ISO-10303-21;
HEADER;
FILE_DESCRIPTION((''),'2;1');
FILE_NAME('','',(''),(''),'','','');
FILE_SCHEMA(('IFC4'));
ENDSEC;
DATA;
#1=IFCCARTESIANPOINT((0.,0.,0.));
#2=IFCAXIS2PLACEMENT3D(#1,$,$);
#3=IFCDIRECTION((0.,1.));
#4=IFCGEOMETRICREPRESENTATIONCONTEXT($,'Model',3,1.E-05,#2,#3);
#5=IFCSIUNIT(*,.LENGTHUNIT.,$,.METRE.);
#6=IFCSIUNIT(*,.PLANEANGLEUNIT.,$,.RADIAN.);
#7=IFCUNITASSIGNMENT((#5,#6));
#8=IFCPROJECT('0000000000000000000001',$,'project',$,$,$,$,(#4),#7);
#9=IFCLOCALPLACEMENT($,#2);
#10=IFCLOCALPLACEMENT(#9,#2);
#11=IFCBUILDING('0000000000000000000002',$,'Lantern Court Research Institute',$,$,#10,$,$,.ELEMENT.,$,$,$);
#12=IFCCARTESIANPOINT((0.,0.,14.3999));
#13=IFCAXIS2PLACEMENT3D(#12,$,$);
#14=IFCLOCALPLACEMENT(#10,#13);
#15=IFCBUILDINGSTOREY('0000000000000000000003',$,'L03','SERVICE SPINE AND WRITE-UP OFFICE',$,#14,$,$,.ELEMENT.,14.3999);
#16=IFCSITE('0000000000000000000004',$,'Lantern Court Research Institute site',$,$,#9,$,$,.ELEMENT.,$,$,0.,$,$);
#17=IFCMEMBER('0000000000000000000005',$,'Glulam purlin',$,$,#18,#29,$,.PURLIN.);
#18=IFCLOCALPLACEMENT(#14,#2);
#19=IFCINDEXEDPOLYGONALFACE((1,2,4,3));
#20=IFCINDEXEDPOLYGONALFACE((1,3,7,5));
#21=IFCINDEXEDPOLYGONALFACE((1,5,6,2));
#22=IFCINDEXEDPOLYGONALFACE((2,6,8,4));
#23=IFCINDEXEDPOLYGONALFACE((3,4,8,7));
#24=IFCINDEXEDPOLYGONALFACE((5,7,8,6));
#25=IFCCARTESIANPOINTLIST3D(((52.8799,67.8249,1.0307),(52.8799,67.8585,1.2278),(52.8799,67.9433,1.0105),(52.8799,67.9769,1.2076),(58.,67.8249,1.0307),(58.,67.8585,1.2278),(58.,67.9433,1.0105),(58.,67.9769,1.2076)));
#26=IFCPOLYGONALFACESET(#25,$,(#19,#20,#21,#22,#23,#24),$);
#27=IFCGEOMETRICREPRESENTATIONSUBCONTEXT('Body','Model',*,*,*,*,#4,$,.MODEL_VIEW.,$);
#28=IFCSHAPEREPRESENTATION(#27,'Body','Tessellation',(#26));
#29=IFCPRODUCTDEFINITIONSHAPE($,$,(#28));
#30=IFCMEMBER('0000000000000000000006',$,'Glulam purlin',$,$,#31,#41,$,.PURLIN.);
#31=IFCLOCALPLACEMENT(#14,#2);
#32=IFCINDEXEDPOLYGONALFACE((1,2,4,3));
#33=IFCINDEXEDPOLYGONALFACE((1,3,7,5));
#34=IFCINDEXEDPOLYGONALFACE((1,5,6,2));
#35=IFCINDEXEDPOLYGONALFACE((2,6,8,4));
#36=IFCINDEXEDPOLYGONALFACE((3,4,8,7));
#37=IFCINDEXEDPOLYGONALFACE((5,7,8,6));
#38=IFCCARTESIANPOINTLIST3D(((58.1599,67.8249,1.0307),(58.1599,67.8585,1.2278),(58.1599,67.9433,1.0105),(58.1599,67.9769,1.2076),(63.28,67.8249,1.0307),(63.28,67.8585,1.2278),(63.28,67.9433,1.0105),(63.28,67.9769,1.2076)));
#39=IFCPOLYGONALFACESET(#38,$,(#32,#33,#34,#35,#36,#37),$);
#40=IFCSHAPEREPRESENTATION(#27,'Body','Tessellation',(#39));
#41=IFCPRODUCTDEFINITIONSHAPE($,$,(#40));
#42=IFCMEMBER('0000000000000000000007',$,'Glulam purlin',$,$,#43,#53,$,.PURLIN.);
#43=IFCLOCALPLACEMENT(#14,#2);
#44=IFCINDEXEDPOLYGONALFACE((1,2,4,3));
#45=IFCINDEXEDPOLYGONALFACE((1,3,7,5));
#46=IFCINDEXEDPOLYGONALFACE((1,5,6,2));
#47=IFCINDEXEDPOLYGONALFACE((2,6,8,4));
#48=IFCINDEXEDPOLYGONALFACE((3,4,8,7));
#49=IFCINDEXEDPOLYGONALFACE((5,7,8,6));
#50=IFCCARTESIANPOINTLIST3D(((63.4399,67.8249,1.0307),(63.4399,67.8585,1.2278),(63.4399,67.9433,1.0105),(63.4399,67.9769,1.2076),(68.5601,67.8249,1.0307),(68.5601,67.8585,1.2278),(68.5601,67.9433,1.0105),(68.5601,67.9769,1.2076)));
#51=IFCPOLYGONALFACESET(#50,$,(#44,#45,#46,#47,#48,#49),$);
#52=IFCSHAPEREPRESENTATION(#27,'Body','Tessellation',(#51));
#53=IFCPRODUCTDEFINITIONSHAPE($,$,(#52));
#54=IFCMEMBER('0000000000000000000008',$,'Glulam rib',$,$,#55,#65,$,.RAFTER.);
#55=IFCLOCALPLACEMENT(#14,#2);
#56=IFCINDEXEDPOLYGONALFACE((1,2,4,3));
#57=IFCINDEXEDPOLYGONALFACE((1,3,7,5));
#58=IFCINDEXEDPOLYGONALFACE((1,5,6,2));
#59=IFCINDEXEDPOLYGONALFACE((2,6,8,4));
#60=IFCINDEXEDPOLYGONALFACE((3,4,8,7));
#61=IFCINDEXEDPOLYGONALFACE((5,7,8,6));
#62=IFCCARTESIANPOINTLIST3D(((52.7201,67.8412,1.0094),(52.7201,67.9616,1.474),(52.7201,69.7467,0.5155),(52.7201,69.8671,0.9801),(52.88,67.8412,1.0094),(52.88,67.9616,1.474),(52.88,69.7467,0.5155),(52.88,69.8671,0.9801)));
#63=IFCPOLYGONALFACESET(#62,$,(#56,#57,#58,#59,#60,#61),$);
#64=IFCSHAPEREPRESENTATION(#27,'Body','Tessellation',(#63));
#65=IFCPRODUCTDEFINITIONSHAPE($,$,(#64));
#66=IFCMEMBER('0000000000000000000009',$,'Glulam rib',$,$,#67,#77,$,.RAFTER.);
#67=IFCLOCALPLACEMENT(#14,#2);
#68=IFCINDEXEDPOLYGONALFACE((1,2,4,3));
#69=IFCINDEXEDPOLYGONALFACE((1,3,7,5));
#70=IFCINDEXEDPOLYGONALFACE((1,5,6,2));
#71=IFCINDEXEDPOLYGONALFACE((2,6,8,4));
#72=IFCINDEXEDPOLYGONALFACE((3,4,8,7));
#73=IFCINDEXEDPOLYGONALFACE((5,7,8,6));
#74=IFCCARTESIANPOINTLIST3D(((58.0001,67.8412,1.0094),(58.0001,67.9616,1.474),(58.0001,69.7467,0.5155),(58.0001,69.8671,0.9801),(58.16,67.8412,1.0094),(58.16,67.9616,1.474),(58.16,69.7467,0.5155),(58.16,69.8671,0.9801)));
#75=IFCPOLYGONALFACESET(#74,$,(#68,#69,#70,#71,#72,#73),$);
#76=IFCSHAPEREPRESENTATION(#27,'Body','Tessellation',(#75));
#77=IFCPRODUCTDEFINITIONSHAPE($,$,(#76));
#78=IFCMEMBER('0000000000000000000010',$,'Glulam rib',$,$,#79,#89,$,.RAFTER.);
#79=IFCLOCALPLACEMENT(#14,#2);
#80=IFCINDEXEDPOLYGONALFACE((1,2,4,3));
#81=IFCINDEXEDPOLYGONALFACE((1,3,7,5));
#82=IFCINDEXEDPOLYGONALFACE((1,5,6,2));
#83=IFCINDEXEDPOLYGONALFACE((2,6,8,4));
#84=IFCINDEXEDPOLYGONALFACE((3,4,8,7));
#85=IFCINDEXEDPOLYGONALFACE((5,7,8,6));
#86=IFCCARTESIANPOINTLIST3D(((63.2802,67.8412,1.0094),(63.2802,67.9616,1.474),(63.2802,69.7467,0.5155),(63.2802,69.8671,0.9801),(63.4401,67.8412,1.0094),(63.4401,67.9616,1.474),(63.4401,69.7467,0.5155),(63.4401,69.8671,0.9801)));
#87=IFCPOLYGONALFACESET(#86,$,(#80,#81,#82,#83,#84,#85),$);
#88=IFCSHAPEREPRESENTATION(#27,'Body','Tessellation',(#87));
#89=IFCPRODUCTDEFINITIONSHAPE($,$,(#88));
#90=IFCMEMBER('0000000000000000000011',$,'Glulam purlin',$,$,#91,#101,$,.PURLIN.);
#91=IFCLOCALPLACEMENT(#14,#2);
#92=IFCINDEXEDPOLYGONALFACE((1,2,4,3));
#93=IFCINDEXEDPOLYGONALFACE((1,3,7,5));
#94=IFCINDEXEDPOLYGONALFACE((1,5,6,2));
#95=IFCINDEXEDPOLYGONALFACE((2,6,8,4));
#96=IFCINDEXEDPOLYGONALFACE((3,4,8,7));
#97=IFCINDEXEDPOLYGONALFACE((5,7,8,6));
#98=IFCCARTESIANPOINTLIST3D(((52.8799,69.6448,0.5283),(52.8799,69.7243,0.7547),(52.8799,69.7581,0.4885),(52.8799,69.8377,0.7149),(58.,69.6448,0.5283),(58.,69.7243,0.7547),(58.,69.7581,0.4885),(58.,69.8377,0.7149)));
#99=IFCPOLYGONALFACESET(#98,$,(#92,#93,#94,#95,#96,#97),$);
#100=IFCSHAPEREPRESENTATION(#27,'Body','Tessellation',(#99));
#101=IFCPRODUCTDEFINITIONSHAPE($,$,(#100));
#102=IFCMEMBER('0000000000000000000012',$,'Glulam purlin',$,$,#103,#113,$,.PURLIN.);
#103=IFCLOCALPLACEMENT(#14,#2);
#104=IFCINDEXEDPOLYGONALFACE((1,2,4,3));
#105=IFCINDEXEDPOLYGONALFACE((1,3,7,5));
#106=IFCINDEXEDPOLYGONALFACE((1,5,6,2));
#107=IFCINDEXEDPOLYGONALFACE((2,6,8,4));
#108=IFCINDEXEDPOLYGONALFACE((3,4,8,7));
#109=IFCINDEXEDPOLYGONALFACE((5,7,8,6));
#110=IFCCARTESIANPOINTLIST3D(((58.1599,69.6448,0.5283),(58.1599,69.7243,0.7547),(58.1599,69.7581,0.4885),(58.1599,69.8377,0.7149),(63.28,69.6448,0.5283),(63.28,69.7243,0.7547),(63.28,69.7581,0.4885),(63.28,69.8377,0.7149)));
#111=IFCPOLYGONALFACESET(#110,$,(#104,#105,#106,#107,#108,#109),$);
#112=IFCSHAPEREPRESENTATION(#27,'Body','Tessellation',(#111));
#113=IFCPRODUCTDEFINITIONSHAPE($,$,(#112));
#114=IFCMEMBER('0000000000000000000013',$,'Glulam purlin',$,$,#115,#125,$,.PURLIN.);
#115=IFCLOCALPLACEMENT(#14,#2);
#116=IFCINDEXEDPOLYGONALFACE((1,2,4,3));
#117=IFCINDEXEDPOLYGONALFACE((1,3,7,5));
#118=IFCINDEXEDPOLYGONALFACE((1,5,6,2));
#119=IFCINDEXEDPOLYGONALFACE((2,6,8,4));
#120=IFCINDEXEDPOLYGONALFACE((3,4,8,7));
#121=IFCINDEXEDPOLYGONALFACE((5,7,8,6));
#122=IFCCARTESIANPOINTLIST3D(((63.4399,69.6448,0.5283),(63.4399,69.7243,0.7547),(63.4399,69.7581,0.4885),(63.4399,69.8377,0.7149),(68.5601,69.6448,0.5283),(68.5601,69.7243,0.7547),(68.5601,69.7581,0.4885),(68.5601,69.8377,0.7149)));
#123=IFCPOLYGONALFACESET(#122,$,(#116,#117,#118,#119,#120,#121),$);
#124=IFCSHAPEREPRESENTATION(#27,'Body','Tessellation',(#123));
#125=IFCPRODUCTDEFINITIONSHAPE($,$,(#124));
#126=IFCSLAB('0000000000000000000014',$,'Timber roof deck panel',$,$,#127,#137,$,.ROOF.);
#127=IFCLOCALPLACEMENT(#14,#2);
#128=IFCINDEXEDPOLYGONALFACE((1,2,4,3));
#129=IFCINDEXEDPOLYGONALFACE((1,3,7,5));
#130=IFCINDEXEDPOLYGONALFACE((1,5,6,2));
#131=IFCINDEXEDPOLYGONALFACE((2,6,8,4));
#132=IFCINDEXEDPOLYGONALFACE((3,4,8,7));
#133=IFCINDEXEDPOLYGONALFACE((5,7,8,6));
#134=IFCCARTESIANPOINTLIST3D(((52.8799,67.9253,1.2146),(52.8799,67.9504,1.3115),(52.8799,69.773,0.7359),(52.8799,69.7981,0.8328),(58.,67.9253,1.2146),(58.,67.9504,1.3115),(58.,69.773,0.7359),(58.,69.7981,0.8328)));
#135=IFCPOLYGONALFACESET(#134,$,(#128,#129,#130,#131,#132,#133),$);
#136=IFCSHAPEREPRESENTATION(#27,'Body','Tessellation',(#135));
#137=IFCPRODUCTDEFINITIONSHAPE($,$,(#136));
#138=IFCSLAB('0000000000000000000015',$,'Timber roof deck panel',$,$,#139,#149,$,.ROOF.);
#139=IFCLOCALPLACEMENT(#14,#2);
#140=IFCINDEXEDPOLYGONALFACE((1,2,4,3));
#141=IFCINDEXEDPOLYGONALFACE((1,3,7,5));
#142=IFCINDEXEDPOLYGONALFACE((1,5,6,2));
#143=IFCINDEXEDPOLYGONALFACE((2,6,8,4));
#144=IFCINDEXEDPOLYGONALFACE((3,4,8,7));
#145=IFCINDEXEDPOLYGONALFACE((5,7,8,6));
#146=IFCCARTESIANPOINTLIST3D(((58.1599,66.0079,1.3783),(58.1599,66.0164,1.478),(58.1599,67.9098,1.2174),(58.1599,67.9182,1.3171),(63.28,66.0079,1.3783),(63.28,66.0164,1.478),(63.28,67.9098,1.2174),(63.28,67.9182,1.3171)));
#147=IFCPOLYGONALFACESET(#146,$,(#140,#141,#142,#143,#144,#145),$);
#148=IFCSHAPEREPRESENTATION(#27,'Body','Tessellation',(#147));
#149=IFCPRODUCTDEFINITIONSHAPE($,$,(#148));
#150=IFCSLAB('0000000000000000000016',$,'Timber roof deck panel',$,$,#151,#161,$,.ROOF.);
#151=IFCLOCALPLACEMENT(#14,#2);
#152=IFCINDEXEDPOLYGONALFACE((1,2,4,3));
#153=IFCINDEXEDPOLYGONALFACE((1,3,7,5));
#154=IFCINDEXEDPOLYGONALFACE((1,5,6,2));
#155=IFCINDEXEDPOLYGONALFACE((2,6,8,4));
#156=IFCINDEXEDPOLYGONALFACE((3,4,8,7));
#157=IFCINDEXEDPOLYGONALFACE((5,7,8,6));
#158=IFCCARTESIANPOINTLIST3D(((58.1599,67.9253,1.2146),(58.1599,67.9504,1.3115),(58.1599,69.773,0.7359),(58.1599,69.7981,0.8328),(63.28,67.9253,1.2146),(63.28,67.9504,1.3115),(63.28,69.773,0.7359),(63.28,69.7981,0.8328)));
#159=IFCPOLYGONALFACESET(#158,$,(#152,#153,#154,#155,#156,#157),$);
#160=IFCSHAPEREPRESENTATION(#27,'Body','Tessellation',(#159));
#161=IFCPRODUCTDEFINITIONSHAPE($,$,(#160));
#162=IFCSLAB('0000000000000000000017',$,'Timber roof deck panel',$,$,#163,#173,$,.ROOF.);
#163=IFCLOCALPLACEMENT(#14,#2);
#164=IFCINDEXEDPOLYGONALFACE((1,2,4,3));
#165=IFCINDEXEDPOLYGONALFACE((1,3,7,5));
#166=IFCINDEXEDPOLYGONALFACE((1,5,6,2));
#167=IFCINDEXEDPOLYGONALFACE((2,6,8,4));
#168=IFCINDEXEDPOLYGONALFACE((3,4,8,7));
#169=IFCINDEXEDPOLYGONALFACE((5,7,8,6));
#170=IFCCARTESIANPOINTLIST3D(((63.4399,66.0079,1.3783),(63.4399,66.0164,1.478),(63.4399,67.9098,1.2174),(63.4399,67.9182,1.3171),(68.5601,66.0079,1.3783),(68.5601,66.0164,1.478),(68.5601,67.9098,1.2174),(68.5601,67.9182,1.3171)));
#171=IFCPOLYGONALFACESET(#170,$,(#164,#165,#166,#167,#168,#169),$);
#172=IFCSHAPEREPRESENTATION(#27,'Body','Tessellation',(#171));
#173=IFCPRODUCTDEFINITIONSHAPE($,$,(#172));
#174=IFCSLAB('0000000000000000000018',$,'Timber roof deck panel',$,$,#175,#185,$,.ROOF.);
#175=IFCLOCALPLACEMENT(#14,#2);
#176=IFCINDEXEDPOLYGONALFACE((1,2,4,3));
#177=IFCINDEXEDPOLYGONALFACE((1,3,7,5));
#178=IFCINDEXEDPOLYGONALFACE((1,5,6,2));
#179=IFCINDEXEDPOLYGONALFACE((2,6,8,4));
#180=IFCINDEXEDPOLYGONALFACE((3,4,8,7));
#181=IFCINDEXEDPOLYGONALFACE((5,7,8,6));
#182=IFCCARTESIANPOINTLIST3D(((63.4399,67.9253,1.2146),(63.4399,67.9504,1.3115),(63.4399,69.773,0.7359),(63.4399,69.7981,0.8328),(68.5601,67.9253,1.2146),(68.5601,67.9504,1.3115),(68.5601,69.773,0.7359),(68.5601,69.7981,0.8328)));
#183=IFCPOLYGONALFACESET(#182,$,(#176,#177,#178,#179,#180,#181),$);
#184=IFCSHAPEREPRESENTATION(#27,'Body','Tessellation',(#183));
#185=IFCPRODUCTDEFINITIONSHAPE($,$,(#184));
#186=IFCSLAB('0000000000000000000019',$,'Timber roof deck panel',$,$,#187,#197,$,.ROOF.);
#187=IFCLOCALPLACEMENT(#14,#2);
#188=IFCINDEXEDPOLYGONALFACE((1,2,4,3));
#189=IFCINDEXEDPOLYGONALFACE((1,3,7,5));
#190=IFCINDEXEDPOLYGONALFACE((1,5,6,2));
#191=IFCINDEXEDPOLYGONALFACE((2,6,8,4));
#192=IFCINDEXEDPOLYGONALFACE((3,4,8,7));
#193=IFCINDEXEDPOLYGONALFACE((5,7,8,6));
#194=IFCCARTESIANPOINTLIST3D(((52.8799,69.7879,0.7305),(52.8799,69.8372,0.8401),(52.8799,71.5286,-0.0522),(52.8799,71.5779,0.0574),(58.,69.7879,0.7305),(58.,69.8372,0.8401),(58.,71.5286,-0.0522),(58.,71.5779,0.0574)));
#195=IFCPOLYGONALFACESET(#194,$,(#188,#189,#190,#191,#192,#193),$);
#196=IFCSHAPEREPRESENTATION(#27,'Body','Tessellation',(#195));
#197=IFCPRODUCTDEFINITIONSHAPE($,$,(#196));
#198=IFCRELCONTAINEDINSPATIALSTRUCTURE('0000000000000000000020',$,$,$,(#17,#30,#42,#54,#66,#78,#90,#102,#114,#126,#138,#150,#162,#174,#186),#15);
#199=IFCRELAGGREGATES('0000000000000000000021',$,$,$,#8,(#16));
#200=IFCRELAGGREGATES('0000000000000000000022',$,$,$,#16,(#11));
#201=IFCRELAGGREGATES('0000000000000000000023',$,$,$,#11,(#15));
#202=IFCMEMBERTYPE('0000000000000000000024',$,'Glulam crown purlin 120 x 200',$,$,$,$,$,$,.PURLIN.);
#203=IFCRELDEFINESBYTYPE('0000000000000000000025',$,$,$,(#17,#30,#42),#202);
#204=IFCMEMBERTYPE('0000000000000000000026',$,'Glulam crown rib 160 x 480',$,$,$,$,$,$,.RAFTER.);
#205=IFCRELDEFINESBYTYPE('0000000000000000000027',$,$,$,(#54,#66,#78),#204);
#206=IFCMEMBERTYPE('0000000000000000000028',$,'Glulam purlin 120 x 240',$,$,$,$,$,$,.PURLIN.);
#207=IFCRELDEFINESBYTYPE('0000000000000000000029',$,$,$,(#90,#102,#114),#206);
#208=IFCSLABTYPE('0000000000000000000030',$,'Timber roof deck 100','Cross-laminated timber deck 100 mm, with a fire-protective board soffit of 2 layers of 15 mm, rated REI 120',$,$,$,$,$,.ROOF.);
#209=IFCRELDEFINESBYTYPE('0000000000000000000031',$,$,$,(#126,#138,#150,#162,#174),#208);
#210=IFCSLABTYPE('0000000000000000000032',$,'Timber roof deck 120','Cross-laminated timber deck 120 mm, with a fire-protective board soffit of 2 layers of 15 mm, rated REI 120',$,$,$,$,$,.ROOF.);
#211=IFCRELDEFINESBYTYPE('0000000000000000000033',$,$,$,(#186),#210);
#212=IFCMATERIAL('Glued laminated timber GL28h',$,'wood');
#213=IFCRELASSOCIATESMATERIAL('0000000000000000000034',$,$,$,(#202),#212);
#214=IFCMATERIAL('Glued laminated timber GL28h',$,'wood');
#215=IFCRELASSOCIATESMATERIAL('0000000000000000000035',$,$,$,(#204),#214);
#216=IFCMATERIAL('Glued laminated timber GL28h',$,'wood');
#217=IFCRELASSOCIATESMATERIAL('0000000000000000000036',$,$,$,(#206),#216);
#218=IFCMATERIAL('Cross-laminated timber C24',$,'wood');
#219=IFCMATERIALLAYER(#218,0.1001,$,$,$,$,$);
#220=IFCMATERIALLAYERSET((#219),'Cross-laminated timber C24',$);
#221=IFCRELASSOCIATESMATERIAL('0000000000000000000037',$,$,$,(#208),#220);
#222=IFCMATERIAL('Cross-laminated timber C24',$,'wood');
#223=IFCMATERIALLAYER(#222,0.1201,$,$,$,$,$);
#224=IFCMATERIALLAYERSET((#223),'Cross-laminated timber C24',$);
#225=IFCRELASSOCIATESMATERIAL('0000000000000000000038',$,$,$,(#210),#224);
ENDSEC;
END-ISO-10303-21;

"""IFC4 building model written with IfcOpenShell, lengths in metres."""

from ifc_helpers import new_model, si_unit, direction, frame, origin, origin_2d, place, context, subcontext, project, spatial, polyline, rectangle, outline, extrude, material, layer, layer_set, material_profile, profile_set, type_object, element, save


model = new_model("IFC4")

# Units and contexts
model_context = context("Model", 3, precision=1e-05, world=origin(), true_north=direction((0.0, 1.0)))
body_context = subcontext(model_context, "Body", "Model", "MODEL_VIEW")
ifc_project = project(units=[si_unit("LENGTHUNIT", "METRE"), si_unit("PLANEANGLEUNIT", "RADIAN")], contexts=[model_context])

# Site, building, storey
site_placement = place(None, origin())
site = spatial("IfcSite", under=ifc_project, at=site_placement, Name="Lantern Court Research Institute site", CompositionType="ELEMENT", RefElevation=0.0)
building_placement = place(site_placement, origin())
building = spatial("IfcBuilding", under=site, at=building_placement, Name="Lantern Court Research Institute", CompositionType="ELEMENT")
storey_placement = place(building_placement, frame((0.0, 0.0, 14.3999)))
storey = spatial("IfcBuildingStorey", under=building, at=storey_placement, Name="L03", Description="SERVICE SPINE AND WRITE-UP OFFICE", CompositionType="ELEMENT", Elevation=14.3999)

# Members
ifc_material_1 = material(Name="Glued laminated timber GL28h", Category="wood")
ifc_material_profile_1 = material_profile(ifc_material_1, rectangle(XDim=0.1201, YDim=0.2, at=origin_2d()), Name="Glulam crown purlin 120 x 200")
ifc_profile_set_1 = profile_set([ifc_material_profile_1], Name="Glued laminated timber GL28h")
member_type_1 = type_object("IfcMemberType", Name="Glulam crown purlin 120 x 200", PredefinedType="PURLIN", material=ifc_profile_set_1)
for number, where, z_axis, x_axis, name in (
    (1, (52.8799, 67.9009, 1.1191), (1.0, 0.0, 0.0), (0.0, 0.985748, -0.168229), "Glulam purlin"),
    (2, (58.1599, 67.9009, 1.1191), (1.0, 0.0, 0.0), (0.0, 0.985748, -0.168229), "Glulam purlin"),
    (3, (63.4399, 67.9009, 1.1191), (1.0, 0.0, 0.0), (0.0, 0.985748, -0.168229), "Glulam purlin"),
):
    element("IfcMember", number, at=place(storey_placement, frame(where, z_axis=z_axis, x_axis=x_axis)), inside=storey, type_object=member_type_1, Name=name, PredefinedType="PURLIN", context=body_context, shape_type="SweptSolid", body=[
        extrude(rectangle(XDim=0.1201, YDim=0.2, at=origin_2d()), origin(), (0.0, 0.0, 1.0), 5.1201),
    ])
ifc_material_2 = material(Name="Glued laminated timber GL28h", Category="wood")
ifc_material_profile_2 = material_profile(ifc_material_2, rectangle(XDim=0.1599, YDim=0.48, at=origin_2d()), Name="Glulam crown rib 160 x 480")
ifc_profile_set_2 = profile_set([ifc_material_profile_2], Name="Glued laminated timber GL28h")
member_type_2 = type_object("IfcMemberType", Name="Glulam crown rib 160 x 480", PredefinedType="RAFTER", material=ifc_profile_set_2)
for number, where, z_axis, x_axis, name in (
    (4, (52.8, 67.9014, 1.2417), (0.0, 0.968013, -0.250902), (-1.0, 0.0, 0.0), "Glulam rib"),
    (5, (58.0801, 67.9014, 1.2417), (0.0, 0.968013, -0.250902), (-1.0, 0.0, 0.0), "Glulam rib"),
    (6, (63.3601, 67.9014, 1.2417), (0.0, 0.968013, -0.250902), (-1.0, 0.0, 0.0), "Glulam rib"),
):
    element("IfcMember", number, at=place(storey_placement, frame(where, z_axis=z_axis, x_axis=x_axis)), inside=storey, type_object=member_type_2, Name=name, PredefinedType="RAFTER", context=body_context, shape_type="SweptSolid", body=[
        extrude(rectangle(XDim=0.1599, YDim=0.48, at=origin_2d()), origin(), (0.0, 0.0, 1.0), 1.9685),
    ])
ifc_material_3 = material(Name="Glued laminated timber GL28h", Category="wood")
ifc_material_profile_3 = material_profile(ifc_material_3, rectangle(XDim=0.1201, YDim=0.24, at=origin_2d()), Name="Glulam purlin 120 x 240")
ifc_profile_set_3 = profile_set([ifc_material_profile_3], Name="Glued laminated timber GL28h")
member_type_3 = type_object("IfcMemberType", Name="Glulam purlin 120 x 240", PredefinedType="PURLIN", material=ifc_profile_set_3)
for number, where, z_axis, x_axis, name in (
    (7, (52.8799, 69.7412, 0.6216), (1.0, 0.0, 0.0), (0.0, 0.943398, -0.331663), "Glulam purlin"),
    (8, (58.1599, 69.7412, 0.6216), (1.0, 0.0, 0.0), (0.0, 0.943398, -0.331663), "Glulam purlin"),
    (9, (63.4399, 69.7412, 0.6216), (1.0, 0.0, 0.0), (0.0, 0.943398, -0.331663), "Glulam purlin"),
):
    element("IfcMember", number, at=place(storey_placement, frame(where, z_axis=z_axis, x_axis=x_axis)), inside=storey, type_object=member_type_3, Name=name, PredefinedType="PURLIN", context=body_context, shape_type="SweptSolid", body=[
        extrude(rectangle(XDim=0.1201, YDim=0.24, at=origin_2d()), origin(), (0.0, 0.0, 1.0), 5.1201),
    ])

# Slabs
ifc_material_4 = material(Name="Cross-laminated timber C24", Category="wood")
ifc_layer_1 = layer(ifc_material_4, 0.1001)
ifc_layer_set_1 = layer_set([ifc_layer_1], Name="Cross-laminated timber C24")
slab_type_1 = type_object("IfcSlabType", Name="Timber roof deck 100", Description="Cross-laminated timber deck 100 mm, with a fire-protective board soffit of 2 layers of 15 mm, rated REI 120", PredefinedType="ROOF", material=ifc_layer_set_1)
slab_1_placement = place(storey_placement, frame((52.8799, 67.9504, 1.3115), z_axis=(0.0, 0.250833, 0.96803), x_axis=(1.0, 0.0, 0.0)))
element("IfcSlab", 10, at=slab_1_placement, inside=storey, type_object=slab_type_1, Name="Timber roof deck panel", PredefinedType="ROOF", context=body_context, shape_type="SweptSolid", body=[
    extrude(outline(polyline([(0.0, 0.0), (5.1201, 0.0), (5.1201, 1.9087), (0.0, 1.9087), (0.0, 0.0)])), origin(), (0.0, 0.0, -1.0), 0.1001),
])
slab_2_placement = place(storey_placement, frame((58.1599, 66.0164, 1.478), z_axis=(0.0, 0.084295, 0.996441), x_axis=(1.0, 0.0, 0.0)))
element("IfcSlab", 11, at=slab_2_placement, inside=storey, type_object=slab_type_1, Name="Timber roof deck panel", PredefinedType="ROOF", context=body_context, shape_type="SweptSolid", body=[
    extrude(outline(polyline([(0.0, 0.0), (5.1201, 0.0), (5.1201, 1.9086), (0.0, 1.9086), (0.0, 0.0)])), origin(), (0.0, 0.0, -1.0), 0.1001),
])
slab_3_placement = place(storey_placement, frame((58.1599, 67.9504, 1.3115), z_axis=(0.0, 0.250833, 0.96803), x_axis=(1.0, 0.0, 0.0)))
element("IfcSlab", 12, at=slab_3_placement, inside=storey, type_object=slab_type_1, Name="Timber roof deck panel", PredefinedType="ROOF", context=body_context, shape_type="SweptSolid", body=[
    extrude(outline(polyline([(0.0, 0.0), (5.1201, 0.0), (5.1201, 1.9087), (0.0, 1.9087), (0.0, 0.0)])), origin(), (0.0, 0.0, -1.0), 0.1001),
])
slab_4_placement = place(storey_placement, frame((63.4399, 66.0164, 1.478), z_axis=(0.0, 0.084295, 0.996441), x_axis=(1.0, 0.0, 0.0)))
element("IfcSlab", 13, at=slab_4_placement, inside=storey, type_object=slab_type_1, Name="Timber roof deck panel", PredefinedType="ROOF", context=body_context, shape_type="SweptSolid", body=[
    extrude(outline(polyline([(0.0, 0.0), (5.1201, 0.0), (5.1201, 1.9086), (0.0, 1.9086), (0.0, 0.0)])), origin(), (0.0, 0.0, -1.0), 0.1001),
])
slab_5_placement = place(storey_placement, frame((63.4399, 67.9504, 1.3115), z_axis=(0.0, 0.250833, 0.96803), x_axis=(1.0, 0.0, 0.0)))
element("IfcSlab", 14, at=slab_5_placement, inside=storey, type_object=slab_type_1, Name="Timber roof deck panel", PredefinedType="ROOF", context=body_context, shape_type="SweptSolid", body=[
    extrude(outline(polyline([(0.0, 0.0), (5.1201, 0.0), (5.1201, 1.9087), (0.0, 1.9087), (0.0, 0.0)])), origin(), (0.0, 0.0, -1.0), 0.1001),
])
ifc_material_5 = material(Name="Cross-laminated timber C24", Category="wood")
ifc_layer_2 = layer(ifc_material_5, 0.1201)
ifc_layer_set_2 = layer_set([ifc_layer_2], Name="Cross-laminated timber C24")
slab_type_2 = type_object("IfcSlabType", Name="Timber roof deck 120", Description="Cross-laminated timber deck 120 mm, with a fire-protective board soffit of 2 layers of 15 mm, rated REI 120", PredefinedType="ROOF", material=ifc_layer_set_2)
for number, where, z_axis, x_axis, name in (
    (15, (52.8799, 69.8372, 0.8401), (0.0, 0.410099, 0.912041), (1.0, 0.0, 0.0), "Timber roof deck panel"),
):
    element("IfcSlab", number, at=place(storey_placement, frame(where, z_axis=z_axis, x_axis=x_axis)), inside=storey, type_object=slab_type_2, Name=name, PredefinedType="ROOF", context=body_context, shape_type="SweptSolid", body=[
        extrude(outline(polyline([(0.0, 0.0), (5.1201, 0.0), (5.1201, 1.9086), (0.0, 1.9086), (0.0, 0.0)])), origin(), (0.0, 0.0, -1.0), 0.1201),
    ])

save(model, "model.ifc")
